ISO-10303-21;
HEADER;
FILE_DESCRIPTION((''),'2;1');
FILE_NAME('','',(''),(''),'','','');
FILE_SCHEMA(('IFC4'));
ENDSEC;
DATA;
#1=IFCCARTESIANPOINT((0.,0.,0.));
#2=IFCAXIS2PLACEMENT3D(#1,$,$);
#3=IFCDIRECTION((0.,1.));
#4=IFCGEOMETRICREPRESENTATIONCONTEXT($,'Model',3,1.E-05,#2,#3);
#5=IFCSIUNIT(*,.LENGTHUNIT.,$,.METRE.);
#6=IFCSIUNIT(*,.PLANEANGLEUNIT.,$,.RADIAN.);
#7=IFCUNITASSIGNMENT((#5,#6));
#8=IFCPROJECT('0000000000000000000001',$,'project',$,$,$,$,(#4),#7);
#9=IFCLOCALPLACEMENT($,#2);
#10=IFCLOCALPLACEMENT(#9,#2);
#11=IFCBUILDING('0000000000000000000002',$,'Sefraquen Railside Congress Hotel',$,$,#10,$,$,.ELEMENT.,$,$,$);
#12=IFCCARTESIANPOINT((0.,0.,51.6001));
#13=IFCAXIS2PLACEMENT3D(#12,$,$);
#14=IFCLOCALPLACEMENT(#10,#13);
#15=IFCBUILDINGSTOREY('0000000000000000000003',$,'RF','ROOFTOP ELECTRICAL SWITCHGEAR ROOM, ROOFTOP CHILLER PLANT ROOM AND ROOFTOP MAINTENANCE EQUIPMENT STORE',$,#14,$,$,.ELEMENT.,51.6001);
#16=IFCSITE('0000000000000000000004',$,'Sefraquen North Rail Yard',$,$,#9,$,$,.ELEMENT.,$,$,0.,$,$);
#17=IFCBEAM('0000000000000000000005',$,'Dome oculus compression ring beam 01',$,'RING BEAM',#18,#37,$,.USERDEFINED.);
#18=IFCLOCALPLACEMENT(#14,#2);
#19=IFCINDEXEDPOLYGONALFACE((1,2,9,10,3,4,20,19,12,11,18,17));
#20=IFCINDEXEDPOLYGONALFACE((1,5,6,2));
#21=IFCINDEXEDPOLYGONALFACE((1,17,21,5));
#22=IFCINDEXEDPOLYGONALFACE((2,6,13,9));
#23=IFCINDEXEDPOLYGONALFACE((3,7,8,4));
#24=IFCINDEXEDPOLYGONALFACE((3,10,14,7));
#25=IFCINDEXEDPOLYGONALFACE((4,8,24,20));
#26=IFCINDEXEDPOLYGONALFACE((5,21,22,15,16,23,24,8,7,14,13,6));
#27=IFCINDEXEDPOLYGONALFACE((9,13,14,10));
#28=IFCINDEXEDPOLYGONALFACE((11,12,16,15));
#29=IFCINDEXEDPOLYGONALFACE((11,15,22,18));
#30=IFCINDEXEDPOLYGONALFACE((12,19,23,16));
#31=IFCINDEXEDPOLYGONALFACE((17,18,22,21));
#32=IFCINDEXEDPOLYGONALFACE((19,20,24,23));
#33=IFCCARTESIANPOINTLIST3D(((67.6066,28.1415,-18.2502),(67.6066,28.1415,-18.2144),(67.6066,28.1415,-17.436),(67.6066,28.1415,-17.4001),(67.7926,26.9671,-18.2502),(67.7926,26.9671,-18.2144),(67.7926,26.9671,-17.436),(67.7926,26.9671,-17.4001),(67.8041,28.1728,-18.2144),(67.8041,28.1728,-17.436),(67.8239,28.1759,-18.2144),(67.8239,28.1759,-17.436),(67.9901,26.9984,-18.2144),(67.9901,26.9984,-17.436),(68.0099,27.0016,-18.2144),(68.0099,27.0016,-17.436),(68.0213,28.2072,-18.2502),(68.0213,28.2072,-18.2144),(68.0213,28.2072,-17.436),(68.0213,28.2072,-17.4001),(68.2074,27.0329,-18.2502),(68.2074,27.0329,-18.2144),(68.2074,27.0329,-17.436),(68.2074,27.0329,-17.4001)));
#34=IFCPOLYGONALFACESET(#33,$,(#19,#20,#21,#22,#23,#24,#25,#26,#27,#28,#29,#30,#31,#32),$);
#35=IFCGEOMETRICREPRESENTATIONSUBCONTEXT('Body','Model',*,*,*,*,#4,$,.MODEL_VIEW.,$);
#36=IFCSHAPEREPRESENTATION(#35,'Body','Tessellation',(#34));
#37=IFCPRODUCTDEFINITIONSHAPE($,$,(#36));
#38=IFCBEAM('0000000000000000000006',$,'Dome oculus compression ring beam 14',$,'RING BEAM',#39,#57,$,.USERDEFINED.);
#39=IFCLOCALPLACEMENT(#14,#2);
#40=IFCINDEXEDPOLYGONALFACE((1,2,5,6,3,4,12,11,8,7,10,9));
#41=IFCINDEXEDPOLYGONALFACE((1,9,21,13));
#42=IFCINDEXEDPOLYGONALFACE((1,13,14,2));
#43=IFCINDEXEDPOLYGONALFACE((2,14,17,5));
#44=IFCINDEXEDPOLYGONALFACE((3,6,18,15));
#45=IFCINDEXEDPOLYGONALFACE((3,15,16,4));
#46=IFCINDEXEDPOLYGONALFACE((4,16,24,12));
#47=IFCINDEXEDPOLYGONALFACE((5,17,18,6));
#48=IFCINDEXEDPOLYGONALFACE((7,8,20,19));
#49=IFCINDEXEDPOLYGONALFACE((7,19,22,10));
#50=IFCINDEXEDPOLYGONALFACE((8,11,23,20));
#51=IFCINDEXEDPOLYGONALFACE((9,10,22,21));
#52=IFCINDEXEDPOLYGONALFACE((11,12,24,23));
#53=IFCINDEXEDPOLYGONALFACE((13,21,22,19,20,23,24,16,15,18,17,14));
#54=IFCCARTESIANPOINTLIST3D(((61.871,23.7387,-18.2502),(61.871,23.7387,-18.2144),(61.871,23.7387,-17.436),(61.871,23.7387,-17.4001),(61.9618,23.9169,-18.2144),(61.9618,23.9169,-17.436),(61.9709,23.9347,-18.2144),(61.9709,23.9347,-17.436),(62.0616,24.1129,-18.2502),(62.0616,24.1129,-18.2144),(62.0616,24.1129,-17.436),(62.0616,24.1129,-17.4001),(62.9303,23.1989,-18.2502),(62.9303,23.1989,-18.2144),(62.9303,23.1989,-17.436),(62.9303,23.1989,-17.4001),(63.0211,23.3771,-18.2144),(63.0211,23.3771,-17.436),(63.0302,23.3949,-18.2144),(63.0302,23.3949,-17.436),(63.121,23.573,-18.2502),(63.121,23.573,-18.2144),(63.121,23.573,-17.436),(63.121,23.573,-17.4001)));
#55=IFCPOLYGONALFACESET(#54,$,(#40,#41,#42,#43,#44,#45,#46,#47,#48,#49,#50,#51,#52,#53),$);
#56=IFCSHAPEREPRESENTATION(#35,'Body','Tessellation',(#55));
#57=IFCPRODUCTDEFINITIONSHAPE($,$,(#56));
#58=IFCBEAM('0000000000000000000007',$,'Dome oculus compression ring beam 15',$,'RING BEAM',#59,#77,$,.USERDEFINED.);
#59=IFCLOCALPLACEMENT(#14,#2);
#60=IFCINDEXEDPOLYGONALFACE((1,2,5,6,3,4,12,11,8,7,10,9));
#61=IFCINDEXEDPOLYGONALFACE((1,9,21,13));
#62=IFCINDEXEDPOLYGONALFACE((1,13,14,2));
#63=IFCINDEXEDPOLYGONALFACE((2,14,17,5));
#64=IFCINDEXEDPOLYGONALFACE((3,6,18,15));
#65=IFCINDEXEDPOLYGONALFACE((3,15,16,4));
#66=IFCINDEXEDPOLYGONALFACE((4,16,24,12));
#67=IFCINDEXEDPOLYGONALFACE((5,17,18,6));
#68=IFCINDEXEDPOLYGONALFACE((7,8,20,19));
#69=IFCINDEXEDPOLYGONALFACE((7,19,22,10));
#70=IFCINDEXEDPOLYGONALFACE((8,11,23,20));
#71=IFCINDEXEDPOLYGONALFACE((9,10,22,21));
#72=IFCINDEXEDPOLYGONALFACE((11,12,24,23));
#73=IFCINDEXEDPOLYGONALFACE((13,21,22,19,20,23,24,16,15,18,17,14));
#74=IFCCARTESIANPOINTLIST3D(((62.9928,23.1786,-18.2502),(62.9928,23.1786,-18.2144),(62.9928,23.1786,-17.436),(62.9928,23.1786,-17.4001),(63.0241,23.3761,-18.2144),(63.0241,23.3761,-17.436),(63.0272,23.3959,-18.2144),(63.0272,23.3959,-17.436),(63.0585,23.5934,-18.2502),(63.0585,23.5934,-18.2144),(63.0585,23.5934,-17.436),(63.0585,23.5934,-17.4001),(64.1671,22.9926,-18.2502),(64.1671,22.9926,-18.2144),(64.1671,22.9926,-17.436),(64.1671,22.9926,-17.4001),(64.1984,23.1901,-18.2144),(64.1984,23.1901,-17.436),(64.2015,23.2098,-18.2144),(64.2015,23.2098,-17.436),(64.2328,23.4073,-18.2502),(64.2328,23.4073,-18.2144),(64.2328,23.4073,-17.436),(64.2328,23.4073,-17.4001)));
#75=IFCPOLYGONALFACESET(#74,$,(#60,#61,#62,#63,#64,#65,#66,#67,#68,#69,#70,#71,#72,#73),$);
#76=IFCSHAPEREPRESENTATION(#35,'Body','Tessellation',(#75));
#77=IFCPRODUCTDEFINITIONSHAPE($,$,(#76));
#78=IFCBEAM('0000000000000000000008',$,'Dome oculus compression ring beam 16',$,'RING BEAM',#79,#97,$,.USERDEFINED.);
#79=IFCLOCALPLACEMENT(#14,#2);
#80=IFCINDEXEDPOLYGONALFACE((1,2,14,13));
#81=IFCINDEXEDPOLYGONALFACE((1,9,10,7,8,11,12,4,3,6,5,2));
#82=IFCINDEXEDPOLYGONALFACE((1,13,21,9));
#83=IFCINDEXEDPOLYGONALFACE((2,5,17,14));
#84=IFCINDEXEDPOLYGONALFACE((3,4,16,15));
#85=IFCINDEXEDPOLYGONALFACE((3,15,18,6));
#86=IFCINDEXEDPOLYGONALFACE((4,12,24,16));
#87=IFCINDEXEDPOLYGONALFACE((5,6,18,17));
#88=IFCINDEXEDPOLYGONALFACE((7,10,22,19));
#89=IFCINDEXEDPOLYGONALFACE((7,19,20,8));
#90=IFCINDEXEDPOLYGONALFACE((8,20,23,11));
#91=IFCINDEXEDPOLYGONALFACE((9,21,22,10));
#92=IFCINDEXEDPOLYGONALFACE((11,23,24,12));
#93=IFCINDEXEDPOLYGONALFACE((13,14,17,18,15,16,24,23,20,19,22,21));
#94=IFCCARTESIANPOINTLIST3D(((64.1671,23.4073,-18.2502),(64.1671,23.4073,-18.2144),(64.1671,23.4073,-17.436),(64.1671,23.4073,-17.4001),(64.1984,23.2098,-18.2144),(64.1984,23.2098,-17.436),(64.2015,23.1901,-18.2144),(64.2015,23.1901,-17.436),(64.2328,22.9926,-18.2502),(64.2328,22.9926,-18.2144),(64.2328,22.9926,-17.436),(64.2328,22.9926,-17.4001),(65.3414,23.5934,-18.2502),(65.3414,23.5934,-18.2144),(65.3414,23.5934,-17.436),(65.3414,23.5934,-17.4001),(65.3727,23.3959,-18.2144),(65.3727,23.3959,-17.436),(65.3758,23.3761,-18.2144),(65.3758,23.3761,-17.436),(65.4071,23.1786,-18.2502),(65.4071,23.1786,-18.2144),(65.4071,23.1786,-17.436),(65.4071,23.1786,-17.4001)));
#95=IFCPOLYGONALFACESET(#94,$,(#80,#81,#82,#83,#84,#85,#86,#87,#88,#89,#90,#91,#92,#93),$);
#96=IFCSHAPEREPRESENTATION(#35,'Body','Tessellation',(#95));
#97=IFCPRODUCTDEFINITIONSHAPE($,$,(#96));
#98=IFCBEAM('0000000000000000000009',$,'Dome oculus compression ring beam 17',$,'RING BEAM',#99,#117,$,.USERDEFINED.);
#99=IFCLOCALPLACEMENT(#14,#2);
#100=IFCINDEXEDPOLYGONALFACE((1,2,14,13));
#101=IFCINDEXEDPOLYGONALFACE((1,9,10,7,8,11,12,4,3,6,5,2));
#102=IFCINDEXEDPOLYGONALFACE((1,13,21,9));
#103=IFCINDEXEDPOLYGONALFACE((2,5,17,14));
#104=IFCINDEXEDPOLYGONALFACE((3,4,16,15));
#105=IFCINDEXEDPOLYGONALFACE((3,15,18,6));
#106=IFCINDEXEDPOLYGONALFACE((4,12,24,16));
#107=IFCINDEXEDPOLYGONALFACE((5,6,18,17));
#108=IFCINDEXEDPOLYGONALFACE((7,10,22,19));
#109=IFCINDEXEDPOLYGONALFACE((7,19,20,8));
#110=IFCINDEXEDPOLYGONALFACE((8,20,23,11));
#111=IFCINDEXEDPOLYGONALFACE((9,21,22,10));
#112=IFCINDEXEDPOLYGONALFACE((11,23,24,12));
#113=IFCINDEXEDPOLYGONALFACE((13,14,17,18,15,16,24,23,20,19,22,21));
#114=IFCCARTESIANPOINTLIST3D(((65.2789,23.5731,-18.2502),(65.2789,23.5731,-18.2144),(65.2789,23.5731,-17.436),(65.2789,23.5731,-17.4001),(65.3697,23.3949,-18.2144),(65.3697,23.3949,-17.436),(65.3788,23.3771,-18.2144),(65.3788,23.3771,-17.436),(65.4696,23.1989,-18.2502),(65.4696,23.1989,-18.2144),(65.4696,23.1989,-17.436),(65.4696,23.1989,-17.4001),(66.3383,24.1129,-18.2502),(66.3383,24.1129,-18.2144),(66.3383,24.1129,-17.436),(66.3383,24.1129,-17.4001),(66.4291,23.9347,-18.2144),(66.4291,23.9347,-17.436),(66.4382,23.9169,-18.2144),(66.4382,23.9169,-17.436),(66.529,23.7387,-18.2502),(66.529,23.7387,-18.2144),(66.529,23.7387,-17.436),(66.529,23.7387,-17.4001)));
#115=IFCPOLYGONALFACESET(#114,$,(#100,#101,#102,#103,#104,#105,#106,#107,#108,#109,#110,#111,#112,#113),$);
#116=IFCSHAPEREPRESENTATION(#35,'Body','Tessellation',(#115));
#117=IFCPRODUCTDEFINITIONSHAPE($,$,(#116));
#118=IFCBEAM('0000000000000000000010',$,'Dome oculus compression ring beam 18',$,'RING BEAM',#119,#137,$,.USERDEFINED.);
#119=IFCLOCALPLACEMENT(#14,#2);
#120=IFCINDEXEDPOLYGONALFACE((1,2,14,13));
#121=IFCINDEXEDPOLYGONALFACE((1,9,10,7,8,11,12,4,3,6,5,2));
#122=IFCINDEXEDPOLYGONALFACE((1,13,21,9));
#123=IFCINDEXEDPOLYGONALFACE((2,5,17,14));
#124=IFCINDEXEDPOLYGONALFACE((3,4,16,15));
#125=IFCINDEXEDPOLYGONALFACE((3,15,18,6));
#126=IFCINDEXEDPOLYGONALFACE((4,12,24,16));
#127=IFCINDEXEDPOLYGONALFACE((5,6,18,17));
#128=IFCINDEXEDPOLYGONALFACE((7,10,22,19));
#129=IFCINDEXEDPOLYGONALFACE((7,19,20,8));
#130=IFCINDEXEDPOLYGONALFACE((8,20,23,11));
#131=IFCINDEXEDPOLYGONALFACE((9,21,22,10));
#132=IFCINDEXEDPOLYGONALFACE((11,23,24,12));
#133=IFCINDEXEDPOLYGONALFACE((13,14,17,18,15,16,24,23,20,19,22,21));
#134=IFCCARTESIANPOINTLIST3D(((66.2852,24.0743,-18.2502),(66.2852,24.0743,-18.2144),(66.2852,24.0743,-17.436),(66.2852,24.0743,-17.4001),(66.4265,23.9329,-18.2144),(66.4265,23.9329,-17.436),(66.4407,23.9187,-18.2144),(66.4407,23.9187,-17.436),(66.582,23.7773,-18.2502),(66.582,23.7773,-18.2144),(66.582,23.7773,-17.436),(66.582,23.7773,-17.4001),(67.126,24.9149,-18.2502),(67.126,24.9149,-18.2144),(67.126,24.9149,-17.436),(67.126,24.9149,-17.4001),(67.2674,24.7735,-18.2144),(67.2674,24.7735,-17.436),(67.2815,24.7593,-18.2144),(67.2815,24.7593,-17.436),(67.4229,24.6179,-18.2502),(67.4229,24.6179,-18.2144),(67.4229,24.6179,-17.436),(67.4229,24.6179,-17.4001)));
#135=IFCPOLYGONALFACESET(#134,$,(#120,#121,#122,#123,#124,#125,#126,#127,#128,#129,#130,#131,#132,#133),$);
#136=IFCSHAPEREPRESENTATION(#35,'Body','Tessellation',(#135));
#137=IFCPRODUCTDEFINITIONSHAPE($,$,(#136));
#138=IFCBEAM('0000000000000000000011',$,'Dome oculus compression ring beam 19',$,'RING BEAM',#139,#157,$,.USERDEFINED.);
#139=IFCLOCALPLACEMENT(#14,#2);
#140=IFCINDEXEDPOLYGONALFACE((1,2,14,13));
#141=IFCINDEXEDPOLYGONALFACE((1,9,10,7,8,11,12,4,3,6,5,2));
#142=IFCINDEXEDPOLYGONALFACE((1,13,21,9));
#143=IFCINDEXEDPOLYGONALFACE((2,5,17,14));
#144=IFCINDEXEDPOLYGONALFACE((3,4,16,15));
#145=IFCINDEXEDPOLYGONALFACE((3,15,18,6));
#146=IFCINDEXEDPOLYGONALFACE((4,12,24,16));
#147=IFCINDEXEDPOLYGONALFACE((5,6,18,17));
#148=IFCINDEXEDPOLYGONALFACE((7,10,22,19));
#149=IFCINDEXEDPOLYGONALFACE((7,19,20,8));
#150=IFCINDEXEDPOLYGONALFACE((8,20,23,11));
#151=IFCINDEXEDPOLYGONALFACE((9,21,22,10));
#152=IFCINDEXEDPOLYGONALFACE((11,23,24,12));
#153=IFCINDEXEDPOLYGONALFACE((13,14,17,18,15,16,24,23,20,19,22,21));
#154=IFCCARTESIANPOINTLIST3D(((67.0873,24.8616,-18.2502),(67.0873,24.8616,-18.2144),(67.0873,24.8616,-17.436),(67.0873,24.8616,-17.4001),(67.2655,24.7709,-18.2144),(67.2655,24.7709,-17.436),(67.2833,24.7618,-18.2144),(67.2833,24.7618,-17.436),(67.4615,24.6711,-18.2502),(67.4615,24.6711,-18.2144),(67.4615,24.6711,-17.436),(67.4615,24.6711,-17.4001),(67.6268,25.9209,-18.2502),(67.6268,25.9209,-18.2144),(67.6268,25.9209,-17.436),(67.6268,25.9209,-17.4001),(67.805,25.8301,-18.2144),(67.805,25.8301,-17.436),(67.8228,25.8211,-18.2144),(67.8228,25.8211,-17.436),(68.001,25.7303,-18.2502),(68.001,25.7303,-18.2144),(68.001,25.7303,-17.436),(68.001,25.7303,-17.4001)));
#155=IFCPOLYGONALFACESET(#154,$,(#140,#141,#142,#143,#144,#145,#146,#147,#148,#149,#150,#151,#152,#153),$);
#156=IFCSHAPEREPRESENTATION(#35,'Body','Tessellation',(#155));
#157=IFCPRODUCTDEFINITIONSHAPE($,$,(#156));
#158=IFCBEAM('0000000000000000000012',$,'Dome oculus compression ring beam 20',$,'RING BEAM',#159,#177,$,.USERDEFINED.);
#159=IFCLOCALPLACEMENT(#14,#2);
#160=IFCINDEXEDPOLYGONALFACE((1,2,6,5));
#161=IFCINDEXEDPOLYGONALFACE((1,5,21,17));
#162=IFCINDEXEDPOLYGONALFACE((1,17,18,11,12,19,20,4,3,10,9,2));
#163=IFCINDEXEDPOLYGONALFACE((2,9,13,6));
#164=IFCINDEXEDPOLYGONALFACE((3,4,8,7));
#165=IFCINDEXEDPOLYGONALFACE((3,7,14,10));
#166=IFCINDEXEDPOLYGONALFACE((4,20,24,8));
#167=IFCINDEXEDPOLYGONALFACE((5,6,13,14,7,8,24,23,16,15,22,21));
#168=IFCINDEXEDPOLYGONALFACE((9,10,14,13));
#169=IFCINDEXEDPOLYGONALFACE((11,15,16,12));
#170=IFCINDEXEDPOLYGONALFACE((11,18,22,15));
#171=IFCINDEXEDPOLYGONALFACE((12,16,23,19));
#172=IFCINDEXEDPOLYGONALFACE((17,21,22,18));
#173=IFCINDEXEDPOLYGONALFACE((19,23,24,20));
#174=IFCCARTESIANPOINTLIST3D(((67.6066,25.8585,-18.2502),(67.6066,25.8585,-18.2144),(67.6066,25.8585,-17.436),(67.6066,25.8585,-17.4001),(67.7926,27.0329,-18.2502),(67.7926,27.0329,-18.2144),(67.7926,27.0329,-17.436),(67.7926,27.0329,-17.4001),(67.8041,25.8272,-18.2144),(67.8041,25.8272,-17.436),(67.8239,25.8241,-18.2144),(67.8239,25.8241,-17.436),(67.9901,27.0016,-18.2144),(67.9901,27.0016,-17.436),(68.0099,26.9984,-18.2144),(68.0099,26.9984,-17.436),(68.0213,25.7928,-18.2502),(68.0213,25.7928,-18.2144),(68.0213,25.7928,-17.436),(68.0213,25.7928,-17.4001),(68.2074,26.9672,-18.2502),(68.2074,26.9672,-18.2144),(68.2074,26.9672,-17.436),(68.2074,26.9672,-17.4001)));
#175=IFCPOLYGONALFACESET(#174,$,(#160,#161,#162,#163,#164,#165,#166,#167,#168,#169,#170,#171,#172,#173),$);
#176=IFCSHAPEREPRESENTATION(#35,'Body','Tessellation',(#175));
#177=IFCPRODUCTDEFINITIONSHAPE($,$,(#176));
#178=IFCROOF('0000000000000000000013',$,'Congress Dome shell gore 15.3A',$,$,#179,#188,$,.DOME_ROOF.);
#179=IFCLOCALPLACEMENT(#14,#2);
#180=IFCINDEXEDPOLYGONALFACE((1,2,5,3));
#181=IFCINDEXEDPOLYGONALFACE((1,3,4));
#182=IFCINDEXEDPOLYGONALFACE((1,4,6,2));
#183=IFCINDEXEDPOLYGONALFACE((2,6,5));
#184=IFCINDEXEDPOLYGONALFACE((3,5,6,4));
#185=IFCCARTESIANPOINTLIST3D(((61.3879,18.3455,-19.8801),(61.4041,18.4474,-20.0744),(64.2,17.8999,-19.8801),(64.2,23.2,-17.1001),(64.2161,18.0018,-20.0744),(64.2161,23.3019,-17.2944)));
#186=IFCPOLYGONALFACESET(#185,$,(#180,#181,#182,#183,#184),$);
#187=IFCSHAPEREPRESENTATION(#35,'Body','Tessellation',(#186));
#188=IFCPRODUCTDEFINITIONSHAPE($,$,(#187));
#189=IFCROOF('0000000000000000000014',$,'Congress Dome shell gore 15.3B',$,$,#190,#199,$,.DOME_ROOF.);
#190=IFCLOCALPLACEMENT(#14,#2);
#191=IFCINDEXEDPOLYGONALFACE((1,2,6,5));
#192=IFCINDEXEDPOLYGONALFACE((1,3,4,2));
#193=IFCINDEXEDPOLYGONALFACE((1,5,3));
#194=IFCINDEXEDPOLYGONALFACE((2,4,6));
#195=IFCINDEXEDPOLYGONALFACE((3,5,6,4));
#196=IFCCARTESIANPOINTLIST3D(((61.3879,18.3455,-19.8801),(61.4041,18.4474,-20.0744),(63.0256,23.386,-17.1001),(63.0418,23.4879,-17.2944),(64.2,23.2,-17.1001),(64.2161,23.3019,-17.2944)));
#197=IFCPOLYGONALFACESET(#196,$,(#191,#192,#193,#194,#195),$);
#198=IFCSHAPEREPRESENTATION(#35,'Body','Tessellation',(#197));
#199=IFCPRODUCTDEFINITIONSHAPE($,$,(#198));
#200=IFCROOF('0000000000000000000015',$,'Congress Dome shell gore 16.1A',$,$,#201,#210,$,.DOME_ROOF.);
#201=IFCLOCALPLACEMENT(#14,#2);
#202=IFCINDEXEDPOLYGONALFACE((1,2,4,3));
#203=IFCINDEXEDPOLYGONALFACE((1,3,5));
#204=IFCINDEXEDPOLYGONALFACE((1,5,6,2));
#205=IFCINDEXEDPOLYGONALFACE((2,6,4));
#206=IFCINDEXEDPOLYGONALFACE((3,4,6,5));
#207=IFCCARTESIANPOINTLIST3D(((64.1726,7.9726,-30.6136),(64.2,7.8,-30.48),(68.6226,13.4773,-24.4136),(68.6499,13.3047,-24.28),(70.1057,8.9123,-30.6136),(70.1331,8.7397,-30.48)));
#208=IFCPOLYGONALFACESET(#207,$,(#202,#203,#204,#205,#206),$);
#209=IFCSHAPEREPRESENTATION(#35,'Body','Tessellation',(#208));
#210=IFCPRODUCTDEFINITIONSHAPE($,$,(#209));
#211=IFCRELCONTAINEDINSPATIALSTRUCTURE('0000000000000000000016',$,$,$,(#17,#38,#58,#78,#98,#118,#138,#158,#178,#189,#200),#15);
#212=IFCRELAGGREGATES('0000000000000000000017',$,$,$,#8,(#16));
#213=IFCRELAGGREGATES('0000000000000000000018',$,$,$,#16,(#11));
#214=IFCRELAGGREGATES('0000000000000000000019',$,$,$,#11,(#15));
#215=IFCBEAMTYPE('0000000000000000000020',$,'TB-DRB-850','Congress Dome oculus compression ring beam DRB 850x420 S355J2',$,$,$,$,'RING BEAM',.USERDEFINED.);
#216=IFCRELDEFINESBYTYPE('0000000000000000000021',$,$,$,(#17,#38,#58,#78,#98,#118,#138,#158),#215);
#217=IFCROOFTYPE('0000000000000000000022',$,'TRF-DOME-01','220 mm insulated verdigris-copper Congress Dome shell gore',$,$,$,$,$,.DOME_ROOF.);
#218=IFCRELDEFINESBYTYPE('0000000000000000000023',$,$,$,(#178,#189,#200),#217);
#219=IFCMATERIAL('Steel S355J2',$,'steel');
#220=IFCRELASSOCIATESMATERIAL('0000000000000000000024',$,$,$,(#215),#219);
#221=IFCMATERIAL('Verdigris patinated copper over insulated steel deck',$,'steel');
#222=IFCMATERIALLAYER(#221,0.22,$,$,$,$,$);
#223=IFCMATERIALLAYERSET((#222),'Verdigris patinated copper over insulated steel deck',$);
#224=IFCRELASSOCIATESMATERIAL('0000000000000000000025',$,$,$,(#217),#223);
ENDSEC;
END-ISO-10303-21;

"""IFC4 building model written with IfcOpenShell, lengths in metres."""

from ifc_helpers import new_model, si_unit, direction, frame, origin, origin_2d, place, context, subcontext, project, spatial, polyline, i_section, outline, extrude, material, layer, layer_set, material_profile, profile_set, type_object, element, save


model = new_model("IFC4")

# Units and contexts
model_context = context("Model", 3, precision=1e-05, world=origin(), true_north=direction((0.0, 1.0)))
body_context = subcontext(model_context, "Body", "Model", "MODEL_VIEW")
ifc_project = project(units=[si_unit("LENGTHUNIT", "METRE"), si_unit("PLANEANGLEUNIT", "RADIAN")], contexts=[model_context])

# Site, building, storey
site_placement = place(None, origin())
site = spatial("IfcSite", under=ifc_project, at=site_placement, Name="Sefraquen North Rail Yard", CompositionType="ELEMENT", RefElevation=0.0)
building_placement = place(site_placement, origin())
building = spatial("IfcBuilding", under=site, at=building_placement, Name="Sefraquen Railside Congress Hotel", CompositionType="ELEMENT")
storey_placement = place(building_placement, frame((0.0, 0.0, 51.6001)))
storey = spatial("IfcBuildingStorey", under=building, at=storey_placement, Name="RF", Description="ROOFTOP ELECTRICAL SWITCHGEAR ROOM, ROOFTOP CHILLER PLANT ROOM AND ROOFTOP MAINTENANCE EQUIPMENT STORE", CompositionType="ELEMENT", Elevation=51.6001)

# Beams
ifc_material_1 = material(Name="Steel S355J2", Category="steel")
ifc_material_profile = material_profile(ifc_material_1, i_section(OverallWidth=0.4199, OverallDepth=0.8501, WebThickness=0.02, FlangeThickness=0.0359, at=origin_2d()), Name="DRB 850x420")
ifc_profile_set = profile_set([ifc_material_profile], Name="Steel S355J2")
beam_type = type_object("IfcBeamType", Name="TB-DRB-850", Description="Congress Dome oculus compression ring beam DRB 850x420 S355J2", ElementType="RING BEAM", PredefinedType="USERDEFINED", material=ifc_profile_set)
for number, where, z_axis, x_axis, name in (
    (1, (68.0, 27.0, -17.8252), (-0.156469, 0.987683, 0.0), (-0.987683, -0.156469, 0.0), "Dome oculus compression ring beam 01"),
    (2, (61.9663, 23.9258, -17.8252), (0.890992, -0.454018, 0.0), (0.454018, 0.890992, 0.0), "Dome oculus compression ring beam 14"),
    (3, (63.0256, 23.386, -17.8252), (0.987683, -0.156469, 0.0), (0.156469, 0.987683, 0.0), "Dome oculus compression ring beam 15"),
    (4, (64.2, 23.2, -17.8252), (0.987683, 0.156469, 0.0), (-0.156469, 0.987683, 0.0), "Dome oculus compression ring beam 16"),
    (5, (65.3743, 23.386, -17.8252), (0.890992, 0.454018, 0.0), (-0.454018, 0.890992, 0.0), "Dome oculus compression ring beam 17"),
    (6, (66.4336, 23.9258, -17.8252), (0.707209, 0.707004, 0.0), (-0.707004, 0.707209, 0.0), "Dome oculus compression ring beam 18"),
):
    element("IfcBeam", number, at=place(storey_placement, frame(where, z_axis=z_axis, x_axis=x_axis)), inside=storey, type_object=beam_type, Name=name, ObjectType="RING BEAM", PredefinedType="USERDEFINED", context=body_context, shape_type="SweptSolid", body=[
        extrude(i_section(OverallWidth=0.4199, OverallDepth=0.8501, WebThickness=0.02, FlangeThickness=0.0359, at=origin_2d()), origin(), (0.0, 0.0, 1.0), 1.189),
    ])
beam_1_placement = place(storey_placement, frame((67.2744, 24.7664, -17.8252), z_axis=(0.453855, 0.891076, 0.0), x_axis=(-0.891076, 0.453855, 0.0)))
element("IfcBeam", 7, at=beam_1_placement, inside=storey, type_object=beam_type, Name="Dome oculus compression ring beam 19", ObjectType="RING BEAM", PredefinedType="USERDEFINED", context=body_context, shape_type="SweptSolid", body=[
    extrude(i_section(OverallWidth=0.4199, OverallDepth=0.8501, WebThickness=0.02, FlangeThickness=0.0359, at=origin_2d()), origin(), (0.0, 0.0, 1.0), 1.1887),
])
beam_2_placement = place(storey_placement, frame((67.814, 25.8257, -17.8252), z_axis=(0.156469, 0.987683, 0.0), x_axis=(-0.987683, 0.156469, 0.0)))
element("IfcBeam", 8, at=beam_2_placement, inside=storey, type_object=beam_type, Name="Dome oculus compression ring beam 20", ObjectType="RING BEAM", PredefinedType="USERDEFINED", context=body_context, shape_type="SweptSolid", body=[
    extrude(i_section(OverallWidth=0.4199, OverallDepth=0.8501, WebThickness=0.02, FlangeThickness=0.0359, at=origin_2d()), origin(), (0.0, 0.0, 1.0), 1.189),
])

# Roofs
ifc_material_2 = material(Name="Verdigris patinated copper over insulated steel deck", Category="steel")
ifc_layer = layer(ifc_material_2, 0.22)
ifc_layer_set = layer_set([ifc_layer], Name="Verdigris patinated copper over insulated steel deck")
roof_type = type_object("IfcRoofType", Name="TRF-DOME-01", Description="220 mm insulated verdigris-copper Congress Dome shell gore", PredefinedType="DOME_ROOF", material=ifc_layer_set)
roof_1_placement = place(storey_placement, frame((61.3879, 18.3455, -19.8801), z_axis=(-0.073401, -0.463254, 0.883181), x_axis=(0.987679, -0.156495, 0.0)))
element("IfcRoof", 9, at=roof_1_placement, inside=storey, type_object=roof_type, Name="Congress Dome shell gore 15.3A", PredefinedType="DOME_ROOF", context=body_context, shape_type="SweptSolid", body=[
    extrude(outline(polyline([(0.0, 0.0), (2.8471, 0.0), (2.0177, 5.9272), (0.0, 0.0)])), origin(), (0.0, 0.0, -1.0), 0.22),
])
roof_2_placement = place(storey_placement, frame((61.3879, 18.3455, -19.8801), z_axis=(-0.07339, -0.46326, 0.883179), x_axis=(0.44912, 0.775335, 0.444012)))
element("IfcRoof", 10, at=roof_2_placement, inside=storey, type_object=roof_type, Name="Congress Dome shell gore 15.3B", PredefinedType="DOME_ROOF", context=body_context, shape_type="SweptSolid", body=[
    extrude(outline(polyline([(0.0, 0.0), (6.2612, 0.0), (5.878, 1.1255), (0.0, 0.0)])), origin(), (0.0, 0.0, -1.0), 0.22),
])
roof_3_placement = place(storey_placement, frame((64.2, 7.8, -30.48), z_axis=(0.124267, -0.784602, 0.607419), x_axis=(0.987689, 0.156432, 0.0)))
element("IfcRoof", 11, at=roof_3_placement, inside=storey, type_object=roof_type, Name="Congress Dome shell gore 16.1A", PredefinedType="DOME_ROOF", context=body_context, shape_type="SweptSolid", body=[
    extrude(outline(polyline([(0.0, 0.0), (6.0071, 0.0), (5.2563, 7.8048), (0.0, 0.0)])), origin(), (0.0, 0.0, -1.0), 0.22),
])

save(model, "model.ifc")
